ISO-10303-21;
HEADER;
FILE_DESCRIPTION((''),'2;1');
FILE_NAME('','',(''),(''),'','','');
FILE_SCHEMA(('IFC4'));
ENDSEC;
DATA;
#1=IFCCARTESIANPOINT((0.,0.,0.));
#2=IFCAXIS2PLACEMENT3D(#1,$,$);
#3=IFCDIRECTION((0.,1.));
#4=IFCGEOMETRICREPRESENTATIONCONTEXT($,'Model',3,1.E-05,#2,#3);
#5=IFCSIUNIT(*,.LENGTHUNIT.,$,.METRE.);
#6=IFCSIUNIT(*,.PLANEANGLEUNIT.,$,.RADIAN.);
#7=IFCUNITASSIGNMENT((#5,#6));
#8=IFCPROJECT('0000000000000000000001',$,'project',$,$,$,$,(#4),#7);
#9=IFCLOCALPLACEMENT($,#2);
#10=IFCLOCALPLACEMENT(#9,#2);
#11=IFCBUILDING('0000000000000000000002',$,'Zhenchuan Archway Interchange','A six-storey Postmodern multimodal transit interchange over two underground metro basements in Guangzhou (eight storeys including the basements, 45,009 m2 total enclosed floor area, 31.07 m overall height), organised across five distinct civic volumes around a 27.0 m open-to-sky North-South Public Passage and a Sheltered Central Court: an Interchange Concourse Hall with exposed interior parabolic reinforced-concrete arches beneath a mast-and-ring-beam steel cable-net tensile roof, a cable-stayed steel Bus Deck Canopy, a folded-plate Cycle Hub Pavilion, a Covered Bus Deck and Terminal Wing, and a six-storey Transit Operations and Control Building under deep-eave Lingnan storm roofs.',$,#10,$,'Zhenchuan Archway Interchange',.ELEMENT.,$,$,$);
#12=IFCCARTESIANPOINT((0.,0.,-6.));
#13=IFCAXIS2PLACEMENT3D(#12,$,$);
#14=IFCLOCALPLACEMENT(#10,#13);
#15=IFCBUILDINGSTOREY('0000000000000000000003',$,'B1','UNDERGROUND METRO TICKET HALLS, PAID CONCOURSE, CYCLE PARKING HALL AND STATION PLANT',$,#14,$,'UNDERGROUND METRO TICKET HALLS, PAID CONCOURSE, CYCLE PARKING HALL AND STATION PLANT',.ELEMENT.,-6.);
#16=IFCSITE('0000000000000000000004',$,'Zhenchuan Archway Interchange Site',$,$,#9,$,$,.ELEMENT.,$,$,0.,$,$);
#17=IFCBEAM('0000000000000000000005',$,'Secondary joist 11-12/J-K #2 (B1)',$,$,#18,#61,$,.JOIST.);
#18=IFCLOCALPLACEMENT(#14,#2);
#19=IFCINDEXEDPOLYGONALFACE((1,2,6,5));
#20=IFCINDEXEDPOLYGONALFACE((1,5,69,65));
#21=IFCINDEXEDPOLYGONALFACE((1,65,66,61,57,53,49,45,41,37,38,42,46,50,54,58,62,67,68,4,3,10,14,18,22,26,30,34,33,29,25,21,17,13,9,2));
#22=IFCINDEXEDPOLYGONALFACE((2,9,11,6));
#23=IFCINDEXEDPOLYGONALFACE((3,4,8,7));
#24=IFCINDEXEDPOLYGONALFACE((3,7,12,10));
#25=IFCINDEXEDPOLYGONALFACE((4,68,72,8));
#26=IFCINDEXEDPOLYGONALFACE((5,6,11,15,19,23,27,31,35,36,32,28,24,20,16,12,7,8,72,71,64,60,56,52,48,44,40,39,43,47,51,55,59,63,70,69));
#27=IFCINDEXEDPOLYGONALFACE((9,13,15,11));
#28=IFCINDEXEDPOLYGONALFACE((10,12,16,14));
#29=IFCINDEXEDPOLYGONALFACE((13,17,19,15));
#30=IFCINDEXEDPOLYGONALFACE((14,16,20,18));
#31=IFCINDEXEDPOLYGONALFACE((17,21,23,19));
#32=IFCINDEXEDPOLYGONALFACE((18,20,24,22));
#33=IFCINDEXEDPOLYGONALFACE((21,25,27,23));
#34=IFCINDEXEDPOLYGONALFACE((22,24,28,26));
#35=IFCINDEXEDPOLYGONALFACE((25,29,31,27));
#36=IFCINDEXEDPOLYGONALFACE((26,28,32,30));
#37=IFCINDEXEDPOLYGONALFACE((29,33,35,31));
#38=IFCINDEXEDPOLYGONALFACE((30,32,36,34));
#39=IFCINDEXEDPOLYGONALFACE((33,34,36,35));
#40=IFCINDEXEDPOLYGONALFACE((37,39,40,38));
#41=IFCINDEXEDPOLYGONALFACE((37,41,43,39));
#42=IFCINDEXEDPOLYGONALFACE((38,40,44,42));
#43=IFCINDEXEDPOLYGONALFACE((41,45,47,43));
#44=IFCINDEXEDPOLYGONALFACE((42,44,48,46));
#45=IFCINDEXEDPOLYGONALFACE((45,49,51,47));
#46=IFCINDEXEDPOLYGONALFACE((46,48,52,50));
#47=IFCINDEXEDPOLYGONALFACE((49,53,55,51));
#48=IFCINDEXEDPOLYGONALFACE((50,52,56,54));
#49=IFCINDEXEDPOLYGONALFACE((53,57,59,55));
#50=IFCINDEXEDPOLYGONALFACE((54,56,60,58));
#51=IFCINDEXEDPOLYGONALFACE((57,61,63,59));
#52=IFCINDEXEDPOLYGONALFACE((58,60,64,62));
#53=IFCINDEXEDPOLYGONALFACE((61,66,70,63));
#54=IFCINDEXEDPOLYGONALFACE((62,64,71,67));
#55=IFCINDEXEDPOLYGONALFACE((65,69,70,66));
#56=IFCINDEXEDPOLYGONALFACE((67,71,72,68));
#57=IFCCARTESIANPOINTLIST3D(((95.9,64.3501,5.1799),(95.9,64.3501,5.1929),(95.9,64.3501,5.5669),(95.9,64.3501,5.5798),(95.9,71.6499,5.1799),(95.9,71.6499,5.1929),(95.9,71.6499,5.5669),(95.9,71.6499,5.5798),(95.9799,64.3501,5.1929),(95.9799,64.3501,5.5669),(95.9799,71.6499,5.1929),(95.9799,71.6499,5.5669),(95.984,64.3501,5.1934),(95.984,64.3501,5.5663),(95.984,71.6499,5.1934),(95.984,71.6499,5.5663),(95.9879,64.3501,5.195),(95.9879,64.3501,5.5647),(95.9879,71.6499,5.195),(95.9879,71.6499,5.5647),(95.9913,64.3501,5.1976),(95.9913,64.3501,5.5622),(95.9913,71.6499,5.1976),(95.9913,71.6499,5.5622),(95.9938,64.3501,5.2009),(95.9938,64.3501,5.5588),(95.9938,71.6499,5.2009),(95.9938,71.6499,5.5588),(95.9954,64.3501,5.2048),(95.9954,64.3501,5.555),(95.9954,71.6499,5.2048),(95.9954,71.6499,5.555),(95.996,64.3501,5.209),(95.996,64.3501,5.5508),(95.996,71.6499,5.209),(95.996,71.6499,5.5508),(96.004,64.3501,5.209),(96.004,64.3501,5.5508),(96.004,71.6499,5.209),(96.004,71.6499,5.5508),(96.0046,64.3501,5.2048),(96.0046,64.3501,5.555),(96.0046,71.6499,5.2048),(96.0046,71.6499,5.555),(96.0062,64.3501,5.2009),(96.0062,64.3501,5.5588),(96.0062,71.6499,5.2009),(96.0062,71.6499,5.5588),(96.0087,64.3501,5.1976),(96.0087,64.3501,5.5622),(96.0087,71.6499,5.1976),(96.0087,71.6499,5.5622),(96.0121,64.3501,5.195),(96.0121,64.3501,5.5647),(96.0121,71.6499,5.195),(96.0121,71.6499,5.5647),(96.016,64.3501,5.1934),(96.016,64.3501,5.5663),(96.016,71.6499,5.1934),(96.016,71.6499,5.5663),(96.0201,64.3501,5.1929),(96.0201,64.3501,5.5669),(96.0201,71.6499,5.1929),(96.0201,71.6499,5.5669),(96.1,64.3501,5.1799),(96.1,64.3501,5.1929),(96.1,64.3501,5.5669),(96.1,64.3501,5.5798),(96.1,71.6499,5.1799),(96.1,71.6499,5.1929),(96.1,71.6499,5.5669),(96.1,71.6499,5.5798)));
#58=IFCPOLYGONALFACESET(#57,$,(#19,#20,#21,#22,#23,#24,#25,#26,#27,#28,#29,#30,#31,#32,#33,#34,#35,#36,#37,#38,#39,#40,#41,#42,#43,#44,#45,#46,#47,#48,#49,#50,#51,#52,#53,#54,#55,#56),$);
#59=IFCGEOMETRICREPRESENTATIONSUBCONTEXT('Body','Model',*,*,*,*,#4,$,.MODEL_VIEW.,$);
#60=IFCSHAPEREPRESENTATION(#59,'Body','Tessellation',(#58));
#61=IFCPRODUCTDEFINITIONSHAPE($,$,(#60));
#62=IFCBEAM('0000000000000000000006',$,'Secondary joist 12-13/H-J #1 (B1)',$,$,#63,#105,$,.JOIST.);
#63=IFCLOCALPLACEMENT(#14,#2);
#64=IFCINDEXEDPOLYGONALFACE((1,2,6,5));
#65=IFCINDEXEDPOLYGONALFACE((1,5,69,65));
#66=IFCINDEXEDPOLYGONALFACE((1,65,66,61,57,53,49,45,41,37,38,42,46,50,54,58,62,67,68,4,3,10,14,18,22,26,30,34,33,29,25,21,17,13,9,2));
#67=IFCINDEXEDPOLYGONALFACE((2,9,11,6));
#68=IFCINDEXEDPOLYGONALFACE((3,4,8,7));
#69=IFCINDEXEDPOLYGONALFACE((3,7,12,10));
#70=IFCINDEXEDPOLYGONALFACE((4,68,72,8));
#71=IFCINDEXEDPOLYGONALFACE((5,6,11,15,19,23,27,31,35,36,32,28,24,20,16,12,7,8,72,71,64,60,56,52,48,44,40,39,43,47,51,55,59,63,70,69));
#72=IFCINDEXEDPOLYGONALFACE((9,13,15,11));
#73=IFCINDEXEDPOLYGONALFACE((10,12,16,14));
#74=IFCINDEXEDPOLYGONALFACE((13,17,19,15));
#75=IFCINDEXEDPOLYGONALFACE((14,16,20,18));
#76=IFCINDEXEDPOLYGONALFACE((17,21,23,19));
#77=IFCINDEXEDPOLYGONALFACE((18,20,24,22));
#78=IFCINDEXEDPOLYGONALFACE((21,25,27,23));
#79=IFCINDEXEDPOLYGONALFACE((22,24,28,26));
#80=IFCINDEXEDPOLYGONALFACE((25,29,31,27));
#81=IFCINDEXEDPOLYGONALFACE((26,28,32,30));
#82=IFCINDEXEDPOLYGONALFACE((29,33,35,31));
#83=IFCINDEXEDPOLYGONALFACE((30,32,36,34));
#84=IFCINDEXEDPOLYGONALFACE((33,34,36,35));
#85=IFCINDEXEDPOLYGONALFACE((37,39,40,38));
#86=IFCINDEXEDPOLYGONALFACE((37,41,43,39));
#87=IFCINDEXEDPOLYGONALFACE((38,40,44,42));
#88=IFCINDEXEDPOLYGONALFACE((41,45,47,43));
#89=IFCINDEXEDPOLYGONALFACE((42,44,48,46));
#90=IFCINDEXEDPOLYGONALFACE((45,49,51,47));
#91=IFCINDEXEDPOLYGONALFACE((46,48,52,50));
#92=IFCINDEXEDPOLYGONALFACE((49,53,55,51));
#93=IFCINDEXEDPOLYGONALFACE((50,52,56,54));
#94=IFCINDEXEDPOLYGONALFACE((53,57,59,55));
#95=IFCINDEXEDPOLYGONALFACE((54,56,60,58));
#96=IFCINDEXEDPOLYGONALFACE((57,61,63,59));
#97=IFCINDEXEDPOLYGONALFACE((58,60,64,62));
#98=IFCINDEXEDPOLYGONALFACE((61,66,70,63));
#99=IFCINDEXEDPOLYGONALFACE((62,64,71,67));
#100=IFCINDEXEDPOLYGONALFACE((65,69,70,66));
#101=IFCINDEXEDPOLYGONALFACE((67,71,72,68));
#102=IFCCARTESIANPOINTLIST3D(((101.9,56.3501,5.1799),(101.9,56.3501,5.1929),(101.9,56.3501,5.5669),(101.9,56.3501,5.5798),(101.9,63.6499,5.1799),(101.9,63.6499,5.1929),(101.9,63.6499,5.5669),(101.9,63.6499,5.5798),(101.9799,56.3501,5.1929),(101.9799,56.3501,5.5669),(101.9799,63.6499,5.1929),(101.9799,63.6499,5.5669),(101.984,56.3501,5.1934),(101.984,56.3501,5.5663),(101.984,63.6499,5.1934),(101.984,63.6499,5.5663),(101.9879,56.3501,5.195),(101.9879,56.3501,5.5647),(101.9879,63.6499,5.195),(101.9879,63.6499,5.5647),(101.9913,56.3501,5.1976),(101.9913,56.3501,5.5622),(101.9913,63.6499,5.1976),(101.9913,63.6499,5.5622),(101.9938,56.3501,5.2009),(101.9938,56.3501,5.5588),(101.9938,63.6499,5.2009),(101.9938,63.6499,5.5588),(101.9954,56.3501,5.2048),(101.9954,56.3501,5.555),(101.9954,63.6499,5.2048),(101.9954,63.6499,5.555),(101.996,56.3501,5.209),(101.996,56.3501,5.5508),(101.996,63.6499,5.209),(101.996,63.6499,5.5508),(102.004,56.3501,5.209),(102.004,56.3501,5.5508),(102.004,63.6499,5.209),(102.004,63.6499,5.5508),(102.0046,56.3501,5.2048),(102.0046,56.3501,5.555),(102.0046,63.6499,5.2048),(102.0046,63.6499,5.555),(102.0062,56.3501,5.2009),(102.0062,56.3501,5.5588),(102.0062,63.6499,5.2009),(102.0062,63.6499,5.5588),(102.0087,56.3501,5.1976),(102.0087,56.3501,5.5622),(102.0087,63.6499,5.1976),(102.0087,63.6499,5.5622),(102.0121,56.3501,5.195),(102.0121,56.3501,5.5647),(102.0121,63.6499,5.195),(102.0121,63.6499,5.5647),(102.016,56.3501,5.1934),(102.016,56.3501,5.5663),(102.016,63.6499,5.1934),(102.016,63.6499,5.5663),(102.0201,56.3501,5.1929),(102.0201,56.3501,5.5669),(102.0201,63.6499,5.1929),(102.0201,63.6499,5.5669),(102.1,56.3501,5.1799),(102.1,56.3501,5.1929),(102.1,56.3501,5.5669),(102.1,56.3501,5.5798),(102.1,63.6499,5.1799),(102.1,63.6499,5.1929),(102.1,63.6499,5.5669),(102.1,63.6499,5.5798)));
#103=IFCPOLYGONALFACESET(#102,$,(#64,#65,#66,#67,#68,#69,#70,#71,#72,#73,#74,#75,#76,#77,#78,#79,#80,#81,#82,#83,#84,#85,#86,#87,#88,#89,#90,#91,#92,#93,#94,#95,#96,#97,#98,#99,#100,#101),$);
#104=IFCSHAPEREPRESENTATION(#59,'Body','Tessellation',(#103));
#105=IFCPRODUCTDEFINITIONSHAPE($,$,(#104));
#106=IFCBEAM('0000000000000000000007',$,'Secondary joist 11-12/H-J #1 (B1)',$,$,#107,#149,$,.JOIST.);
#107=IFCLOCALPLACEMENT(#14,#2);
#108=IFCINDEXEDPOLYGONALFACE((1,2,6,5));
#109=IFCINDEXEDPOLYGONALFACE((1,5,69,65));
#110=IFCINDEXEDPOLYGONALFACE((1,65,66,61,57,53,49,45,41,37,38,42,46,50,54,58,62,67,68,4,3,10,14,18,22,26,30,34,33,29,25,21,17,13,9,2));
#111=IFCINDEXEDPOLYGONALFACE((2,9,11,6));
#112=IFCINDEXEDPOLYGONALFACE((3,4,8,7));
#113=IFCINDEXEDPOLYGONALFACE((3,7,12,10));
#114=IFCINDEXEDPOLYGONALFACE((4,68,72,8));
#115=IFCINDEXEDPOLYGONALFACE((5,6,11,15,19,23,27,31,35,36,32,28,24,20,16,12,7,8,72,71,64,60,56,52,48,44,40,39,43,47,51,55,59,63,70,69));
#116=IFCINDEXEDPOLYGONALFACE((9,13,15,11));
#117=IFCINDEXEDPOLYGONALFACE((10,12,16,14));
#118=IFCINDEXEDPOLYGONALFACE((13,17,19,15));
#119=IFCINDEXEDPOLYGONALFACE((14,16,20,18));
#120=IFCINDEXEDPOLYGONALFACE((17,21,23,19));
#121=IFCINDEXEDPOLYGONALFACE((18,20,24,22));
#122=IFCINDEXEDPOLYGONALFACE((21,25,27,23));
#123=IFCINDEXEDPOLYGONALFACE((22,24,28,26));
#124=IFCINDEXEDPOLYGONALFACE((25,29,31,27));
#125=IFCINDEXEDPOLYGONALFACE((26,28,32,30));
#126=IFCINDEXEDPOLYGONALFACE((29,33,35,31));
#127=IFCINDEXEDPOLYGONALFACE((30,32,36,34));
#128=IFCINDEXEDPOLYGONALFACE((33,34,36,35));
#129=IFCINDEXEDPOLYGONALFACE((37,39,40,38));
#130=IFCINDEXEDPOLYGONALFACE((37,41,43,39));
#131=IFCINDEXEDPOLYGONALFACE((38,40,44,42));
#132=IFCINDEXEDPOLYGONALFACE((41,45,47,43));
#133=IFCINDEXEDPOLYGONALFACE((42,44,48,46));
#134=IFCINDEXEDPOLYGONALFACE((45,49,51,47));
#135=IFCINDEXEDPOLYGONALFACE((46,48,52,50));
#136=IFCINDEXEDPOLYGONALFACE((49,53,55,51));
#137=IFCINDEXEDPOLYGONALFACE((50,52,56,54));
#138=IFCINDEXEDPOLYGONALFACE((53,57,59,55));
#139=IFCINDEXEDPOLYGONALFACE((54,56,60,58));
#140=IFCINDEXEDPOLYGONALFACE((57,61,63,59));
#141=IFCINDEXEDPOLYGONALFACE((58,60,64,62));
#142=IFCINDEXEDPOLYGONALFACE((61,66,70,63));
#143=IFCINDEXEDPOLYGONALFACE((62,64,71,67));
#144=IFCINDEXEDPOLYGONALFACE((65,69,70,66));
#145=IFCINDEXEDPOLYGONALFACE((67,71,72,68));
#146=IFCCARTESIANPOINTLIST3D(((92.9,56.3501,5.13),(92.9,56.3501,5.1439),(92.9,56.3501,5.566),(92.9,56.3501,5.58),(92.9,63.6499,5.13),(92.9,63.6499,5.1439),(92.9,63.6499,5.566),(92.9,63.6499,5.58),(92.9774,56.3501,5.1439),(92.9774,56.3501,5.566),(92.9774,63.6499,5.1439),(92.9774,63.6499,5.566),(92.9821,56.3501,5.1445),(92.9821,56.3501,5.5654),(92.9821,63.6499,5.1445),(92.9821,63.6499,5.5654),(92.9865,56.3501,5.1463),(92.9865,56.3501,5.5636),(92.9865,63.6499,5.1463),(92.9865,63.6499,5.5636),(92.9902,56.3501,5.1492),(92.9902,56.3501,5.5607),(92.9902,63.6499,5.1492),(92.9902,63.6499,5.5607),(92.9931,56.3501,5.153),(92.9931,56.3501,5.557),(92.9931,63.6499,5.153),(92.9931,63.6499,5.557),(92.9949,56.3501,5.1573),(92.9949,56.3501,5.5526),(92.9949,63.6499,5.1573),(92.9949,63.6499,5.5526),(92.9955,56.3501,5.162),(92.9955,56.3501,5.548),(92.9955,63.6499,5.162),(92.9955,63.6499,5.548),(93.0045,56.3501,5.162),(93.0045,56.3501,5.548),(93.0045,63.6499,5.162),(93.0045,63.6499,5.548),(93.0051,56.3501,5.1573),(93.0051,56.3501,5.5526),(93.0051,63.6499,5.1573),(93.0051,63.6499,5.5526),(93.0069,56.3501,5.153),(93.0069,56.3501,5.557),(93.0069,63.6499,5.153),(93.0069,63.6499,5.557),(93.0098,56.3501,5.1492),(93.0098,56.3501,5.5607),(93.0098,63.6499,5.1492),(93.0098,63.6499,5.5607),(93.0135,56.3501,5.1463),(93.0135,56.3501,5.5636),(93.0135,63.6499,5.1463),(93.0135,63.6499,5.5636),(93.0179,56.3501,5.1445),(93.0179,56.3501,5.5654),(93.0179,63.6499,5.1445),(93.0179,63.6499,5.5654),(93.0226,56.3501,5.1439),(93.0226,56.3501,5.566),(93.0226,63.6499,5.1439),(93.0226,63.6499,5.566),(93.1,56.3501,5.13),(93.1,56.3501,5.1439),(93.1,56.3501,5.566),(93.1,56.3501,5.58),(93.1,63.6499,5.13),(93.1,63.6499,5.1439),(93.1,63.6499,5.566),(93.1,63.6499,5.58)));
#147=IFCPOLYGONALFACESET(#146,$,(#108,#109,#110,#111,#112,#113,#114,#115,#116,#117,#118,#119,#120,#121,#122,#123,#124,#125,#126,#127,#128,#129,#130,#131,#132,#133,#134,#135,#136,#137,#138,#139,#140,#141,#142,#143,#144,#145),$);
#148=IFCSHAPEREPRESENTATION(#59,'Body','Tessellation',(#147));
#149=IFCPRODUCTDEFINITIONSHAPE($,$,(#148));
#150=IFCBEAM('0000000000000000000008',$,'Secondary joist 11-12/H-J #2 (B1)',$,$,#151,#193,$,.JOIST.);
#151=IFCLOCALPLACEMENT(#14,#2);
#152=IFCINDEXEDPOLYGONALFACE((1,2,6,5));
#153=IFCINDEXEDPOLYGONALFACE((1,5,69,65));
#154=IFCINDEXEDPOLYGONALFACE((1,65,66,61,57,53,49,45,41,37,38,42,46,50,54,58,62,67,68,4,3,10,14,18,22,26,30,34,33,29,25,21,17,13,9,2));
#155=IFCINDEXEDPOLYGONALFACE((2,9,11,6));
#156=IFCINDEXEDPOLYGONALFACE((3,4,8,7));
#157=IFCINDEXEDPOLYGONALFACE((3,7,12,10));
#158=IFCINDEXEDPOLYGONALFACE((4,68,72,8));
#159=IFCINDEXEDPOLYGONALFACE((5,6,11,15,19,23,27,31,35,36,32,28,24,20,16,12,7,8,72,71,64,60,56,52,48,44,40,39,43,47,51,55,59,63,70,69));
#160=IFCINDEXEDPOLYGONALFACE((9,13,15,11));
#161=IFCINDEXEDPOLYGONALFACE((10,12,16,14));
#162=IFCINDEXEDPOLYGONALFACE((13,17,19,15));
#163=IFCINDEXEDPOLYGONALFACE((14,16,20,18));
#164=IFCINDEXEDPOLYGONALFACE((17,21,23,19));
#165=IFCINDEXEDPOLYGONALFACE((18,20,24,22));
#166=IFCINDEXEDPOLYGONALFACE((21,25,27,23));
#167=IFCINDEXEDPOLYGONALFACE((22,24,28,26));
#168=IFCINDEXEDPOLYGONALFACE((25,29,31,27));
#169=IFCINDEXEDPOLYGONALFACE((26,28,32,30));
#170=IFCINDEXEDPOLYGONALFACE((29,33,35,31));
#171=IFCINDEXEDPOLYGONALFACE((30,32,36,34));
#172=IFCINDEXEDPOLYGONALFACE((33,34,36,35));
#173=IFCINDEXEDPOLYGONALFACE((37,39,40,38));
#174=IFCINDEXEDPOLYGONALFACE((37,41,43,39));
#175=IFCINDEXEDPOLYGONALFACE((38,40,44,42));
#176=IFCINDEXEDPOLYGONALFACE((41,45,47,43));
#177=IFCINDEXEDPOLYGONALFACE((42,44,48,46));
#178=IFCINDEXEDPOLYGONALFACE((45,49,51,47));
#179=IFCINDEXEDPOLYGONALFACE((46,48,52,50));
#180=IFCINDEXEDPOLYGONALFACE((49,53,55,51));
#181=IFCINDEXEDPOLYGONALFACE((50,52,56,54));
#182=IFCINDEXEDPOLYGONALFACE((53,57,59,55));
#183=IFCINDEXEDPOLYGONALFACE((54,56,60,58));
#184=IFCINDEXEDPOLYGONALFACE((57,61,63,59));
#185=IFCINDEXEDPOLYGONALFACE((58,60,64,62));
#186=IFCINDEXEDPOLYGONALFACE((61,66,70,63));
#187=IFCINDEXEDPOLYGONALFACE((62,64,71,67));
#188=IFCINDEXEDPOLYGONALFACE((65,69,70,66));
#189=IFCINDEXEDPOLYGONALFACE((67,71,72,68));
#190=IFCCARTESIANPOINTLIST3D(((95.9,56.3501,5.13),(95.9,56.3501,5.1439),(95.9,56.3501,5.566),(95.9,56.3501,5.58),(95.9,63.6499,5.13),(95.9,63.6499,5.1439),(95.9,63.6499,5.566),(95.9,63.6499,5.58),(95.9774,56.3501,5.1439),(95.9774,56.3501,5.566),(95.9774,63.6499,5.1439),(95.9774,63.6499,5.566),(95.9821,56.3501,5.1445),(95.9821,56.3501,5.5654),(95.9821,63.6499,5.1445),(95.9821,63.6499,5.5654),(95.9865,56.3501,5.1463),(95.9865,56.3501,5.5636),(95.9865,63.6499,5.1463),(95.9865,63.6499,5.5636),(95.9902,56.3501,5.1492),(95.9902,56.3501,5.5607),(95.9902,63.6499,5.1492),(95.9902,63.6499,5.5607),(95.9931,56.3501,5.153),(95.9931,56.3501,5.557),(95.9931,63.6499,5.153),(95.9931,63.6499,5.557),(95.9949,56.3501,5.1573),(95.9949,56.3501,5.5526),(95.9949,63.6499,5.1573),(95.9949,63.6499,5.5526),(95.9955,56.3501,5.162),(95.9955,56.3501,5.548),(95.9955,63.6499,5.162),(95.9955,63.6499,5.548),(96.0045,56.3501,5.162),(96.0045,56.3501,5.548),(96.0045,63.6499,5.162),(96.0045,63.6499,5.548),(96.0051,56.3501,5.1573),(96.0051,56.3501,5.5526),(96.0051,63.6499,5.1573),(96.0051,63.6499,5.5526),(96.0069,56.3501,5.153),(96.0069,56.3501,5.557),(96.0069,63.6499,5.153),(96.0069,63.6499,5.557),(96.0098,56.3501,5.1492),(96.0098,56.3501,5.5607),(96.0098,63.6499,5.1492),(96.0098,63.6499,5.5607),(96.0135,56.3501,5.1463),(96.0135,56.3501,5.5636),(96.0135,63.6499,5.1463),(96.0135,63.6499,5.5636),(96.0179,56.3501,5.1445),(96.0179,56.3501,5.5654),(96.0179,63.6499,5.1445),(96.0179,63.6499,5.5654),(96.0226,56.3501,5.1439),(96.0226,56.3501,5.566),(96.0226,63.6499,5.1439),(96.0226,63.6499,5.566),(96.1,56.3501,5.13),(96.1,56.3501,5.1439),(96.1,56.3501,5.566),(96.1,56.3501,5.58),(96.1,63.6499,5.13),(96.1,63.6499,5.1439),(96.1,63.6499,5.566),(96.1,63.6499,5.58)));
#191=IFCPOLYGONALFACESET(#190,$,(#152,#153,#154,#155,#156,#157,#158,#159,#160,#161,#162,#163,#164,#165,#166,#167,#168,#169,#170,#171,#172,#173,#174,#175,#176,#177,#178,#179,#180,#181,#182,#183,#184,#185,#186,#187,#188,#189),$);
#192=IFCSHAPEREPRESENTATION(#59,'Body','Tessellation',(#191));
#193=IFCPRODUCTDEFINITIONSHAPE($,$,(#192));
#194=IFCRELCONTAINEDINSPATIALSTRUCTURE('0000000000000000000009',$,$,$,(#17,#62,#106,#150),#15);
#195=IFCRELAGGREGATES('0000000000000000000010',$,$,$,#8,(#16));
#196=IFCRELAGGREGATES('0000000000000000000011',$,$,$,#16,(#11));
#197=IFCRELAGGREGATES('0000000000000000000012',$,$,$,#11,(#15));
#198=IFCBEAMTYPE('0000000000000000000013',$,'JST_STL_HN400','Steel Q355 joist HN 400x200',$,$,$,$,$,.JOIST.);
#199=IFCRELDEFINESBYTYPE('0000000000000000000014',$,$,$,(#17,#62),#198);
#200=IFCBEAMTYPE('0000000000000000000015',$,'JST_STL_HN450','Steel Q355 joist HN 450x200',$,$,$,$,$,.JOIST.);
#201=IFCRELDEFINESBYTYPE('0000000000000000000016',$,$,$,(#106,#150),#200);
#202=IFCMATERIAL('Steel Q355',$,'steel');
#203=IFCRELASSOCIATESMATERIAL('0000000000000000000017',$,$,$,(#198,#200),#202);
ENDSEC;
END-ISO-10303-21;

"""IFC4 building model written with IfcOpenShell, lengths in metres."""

from ifc_helpers import new_model, si_unit, direction, frame, origin, origin_2d, place, context, subcontext, project, spatial, i_section, extrude, material, material_profile, profile_set, type_object, element, save


model = new_model("IFC4")

# Units and contexts
model_context = context("Model", 3, precision=1e-05, world=origin(), true_north=direction((0.0, 1.0)))
body_context = subcontext(model_context, "Body", "Model", "MODEL_VIEW")
ifc_project = project(units=[si_unit("LENGTHUNIT", "METRE"), si_unit("PLANEANGLEUNIT", "RADIAN")], contexts=[model_context])

# Site, building, storey
site_placement = place(None, origin())
site = spatial("IfcSite", under=ifc_project, at=site_placement, Name="Zhenchuan Archway Interchange Site", CompositionType="ELEMENT", RefElevation=0.0)
building_placement = place(site_placement, origin())
building = spatial("IfcBuilding", under=site, at=building_placement, Name="Zhenchuan Archway Interchange", Description="A six-storey Postmodern multimodal transit interchange over two underground metro basements in Guangzhou (eight storeys including the basements, 45,009 m2 total enclosed floor area, 31.07 m overall height), organised across five distinct civic volumes around a 27.0 m open-to-sky North-South Public Passage and a Sheltered Central Court: an Interchange Concourse Hall with exposed interior parabolic reinforced-concrete arches beneath a mast-and-ring-beam steel cable-net tensile roof, a cable-stayed steel Bus Deck Canopy, a folded-plate Cycle Hub Pavilion, a Covered Bus Deck and Terminal Wing, and a six-storey Transit Operations and Control Building under deep-eave Lingnan storm roofs.", LongName="Zhenchuan Archway Interchange", CompositionType="ELEMENT")
storey_placement = place(building_placement, frame((0.0, 0.0, -6.0)))
storey = spatial("IfcBuildingStorey", under=building, at=storey_placement, Name="B1", Description="UNDERGROUND METRO TICKET HALLS, PAID CONCOURSE, CYCLE PARKING HALL AND STATION PLANT", LongName="UNDERGROUND METRO TICKET HALLS, PAID CONCOURSE, CYCLE PARKING HALL AND STATION PLANT", CompositionType="ELEMENT", Elevation=-6.0)

# Beams
ifc_material_1 = material(Name="Steel Q355", Category="steel")
ifc_material_profile_1 = material_profile(ifc_material_1, i_section(OverallWidth=0.2, OverallDepth=0.3999, WebThickness=0.0081, FlangeThickness=0.0129, FilletRadius=0.0161, at=origin_2d()), Name="HN 400x200")
ifc_profile_set_1 = profile_set([ifc_material_profile_1], Name="Steel Q355")
beam_type_1 = type_object("IfcBeamType", Name="JST_STL_HN400", Description="Steel Q355 joist HN 400x200", PredefinedType="JOIST", material=ifc_profile_set_1)
for number, where, z_axis, x_axis, name in (
    (1, (96.0, 64.3501, 5.3799), (0.0, 1.0, 0.0), (-1.0, 0.0, 0.0), "Secondary joist 11-12/J-K #2 (B1)"),
    (2, (102.0, 56.3501, 5.3799), (0.0, 1.0, 0.0), (-1.0, 0.0, 0.0), "Secondary joist 12-13/H-J #1 (B1)"),
):
    element("IfcBeam", number, at=place(storey_placement, frame(where, z_axis=z_axis, x_axis=x_axis)), inside=storey, type_object=beam_type_1, Name=name, PredefinedType="JOIST", context=body_context, shape_type="SweptSolid", body=[
        extrude(i_section(OverallWidth=0.2, OverallDepth=0.3999, WebThickness=0.0081, FlangeThickness=0.0129, FilletRadius=0.0161, at=origin_2d()), origin(), (0.0, 0.0, 1.0), 7.2998),
    ])
ifc_material_profile_2 = material_profile(ifc_material_1, i_section(OverallWidth=0.2, OverallDepth=0.45, WebThickness=0.009, FlangeThickness=0.0139, FilletRadius=0.0181, at=origin_2d()), Name="HN 450x200")
ifc_profile_set_2 = profile_set([ifc_material_profile_2], Name="Steel Q355")
beam_type_2 = type_object("IfcBeamType", Name="JST_STL_HN450", Description="Steel Q355 joist HN 450x200", PredefinedType="JOIST", material=ifc_profile_set_2)
for number, where, z_axis, x_axis, name in (
    (3, (93.0, 56.3501, 5.355), (0.0, 1.0, 0.0), (-1.0, 0.0, 0.0), "Secondary joist 11-12/H-J #1 (B1)"),
    (4, (96.0, 56.3501, 5.355), (0.0, 1.0, 0.0), (-1.0, 0.0, 0.0), "Secondary joist 11-12/H-J #2 (B1)"),
):
    element("IfcBeam", number, at=place(storey_placement, frame(where, z_axis=z_axis, x_axis=x_axis)), inside=storey, type_object=beam_type_2, Name=name, PredefinedType="JOIST", context=body_context, shape_type="SweptSolid", body=[
        extrude(i_section(OverallWidth=0.2, OverallDepth=0.45, WebThickness=0.009, FlangeThickness=0.0139, FilletRadius=0.0181, at=origin_2d()), origin(), (0.0, 0.0, 1.0), 7.2998),
    ])

save(model, "model.ifc")
